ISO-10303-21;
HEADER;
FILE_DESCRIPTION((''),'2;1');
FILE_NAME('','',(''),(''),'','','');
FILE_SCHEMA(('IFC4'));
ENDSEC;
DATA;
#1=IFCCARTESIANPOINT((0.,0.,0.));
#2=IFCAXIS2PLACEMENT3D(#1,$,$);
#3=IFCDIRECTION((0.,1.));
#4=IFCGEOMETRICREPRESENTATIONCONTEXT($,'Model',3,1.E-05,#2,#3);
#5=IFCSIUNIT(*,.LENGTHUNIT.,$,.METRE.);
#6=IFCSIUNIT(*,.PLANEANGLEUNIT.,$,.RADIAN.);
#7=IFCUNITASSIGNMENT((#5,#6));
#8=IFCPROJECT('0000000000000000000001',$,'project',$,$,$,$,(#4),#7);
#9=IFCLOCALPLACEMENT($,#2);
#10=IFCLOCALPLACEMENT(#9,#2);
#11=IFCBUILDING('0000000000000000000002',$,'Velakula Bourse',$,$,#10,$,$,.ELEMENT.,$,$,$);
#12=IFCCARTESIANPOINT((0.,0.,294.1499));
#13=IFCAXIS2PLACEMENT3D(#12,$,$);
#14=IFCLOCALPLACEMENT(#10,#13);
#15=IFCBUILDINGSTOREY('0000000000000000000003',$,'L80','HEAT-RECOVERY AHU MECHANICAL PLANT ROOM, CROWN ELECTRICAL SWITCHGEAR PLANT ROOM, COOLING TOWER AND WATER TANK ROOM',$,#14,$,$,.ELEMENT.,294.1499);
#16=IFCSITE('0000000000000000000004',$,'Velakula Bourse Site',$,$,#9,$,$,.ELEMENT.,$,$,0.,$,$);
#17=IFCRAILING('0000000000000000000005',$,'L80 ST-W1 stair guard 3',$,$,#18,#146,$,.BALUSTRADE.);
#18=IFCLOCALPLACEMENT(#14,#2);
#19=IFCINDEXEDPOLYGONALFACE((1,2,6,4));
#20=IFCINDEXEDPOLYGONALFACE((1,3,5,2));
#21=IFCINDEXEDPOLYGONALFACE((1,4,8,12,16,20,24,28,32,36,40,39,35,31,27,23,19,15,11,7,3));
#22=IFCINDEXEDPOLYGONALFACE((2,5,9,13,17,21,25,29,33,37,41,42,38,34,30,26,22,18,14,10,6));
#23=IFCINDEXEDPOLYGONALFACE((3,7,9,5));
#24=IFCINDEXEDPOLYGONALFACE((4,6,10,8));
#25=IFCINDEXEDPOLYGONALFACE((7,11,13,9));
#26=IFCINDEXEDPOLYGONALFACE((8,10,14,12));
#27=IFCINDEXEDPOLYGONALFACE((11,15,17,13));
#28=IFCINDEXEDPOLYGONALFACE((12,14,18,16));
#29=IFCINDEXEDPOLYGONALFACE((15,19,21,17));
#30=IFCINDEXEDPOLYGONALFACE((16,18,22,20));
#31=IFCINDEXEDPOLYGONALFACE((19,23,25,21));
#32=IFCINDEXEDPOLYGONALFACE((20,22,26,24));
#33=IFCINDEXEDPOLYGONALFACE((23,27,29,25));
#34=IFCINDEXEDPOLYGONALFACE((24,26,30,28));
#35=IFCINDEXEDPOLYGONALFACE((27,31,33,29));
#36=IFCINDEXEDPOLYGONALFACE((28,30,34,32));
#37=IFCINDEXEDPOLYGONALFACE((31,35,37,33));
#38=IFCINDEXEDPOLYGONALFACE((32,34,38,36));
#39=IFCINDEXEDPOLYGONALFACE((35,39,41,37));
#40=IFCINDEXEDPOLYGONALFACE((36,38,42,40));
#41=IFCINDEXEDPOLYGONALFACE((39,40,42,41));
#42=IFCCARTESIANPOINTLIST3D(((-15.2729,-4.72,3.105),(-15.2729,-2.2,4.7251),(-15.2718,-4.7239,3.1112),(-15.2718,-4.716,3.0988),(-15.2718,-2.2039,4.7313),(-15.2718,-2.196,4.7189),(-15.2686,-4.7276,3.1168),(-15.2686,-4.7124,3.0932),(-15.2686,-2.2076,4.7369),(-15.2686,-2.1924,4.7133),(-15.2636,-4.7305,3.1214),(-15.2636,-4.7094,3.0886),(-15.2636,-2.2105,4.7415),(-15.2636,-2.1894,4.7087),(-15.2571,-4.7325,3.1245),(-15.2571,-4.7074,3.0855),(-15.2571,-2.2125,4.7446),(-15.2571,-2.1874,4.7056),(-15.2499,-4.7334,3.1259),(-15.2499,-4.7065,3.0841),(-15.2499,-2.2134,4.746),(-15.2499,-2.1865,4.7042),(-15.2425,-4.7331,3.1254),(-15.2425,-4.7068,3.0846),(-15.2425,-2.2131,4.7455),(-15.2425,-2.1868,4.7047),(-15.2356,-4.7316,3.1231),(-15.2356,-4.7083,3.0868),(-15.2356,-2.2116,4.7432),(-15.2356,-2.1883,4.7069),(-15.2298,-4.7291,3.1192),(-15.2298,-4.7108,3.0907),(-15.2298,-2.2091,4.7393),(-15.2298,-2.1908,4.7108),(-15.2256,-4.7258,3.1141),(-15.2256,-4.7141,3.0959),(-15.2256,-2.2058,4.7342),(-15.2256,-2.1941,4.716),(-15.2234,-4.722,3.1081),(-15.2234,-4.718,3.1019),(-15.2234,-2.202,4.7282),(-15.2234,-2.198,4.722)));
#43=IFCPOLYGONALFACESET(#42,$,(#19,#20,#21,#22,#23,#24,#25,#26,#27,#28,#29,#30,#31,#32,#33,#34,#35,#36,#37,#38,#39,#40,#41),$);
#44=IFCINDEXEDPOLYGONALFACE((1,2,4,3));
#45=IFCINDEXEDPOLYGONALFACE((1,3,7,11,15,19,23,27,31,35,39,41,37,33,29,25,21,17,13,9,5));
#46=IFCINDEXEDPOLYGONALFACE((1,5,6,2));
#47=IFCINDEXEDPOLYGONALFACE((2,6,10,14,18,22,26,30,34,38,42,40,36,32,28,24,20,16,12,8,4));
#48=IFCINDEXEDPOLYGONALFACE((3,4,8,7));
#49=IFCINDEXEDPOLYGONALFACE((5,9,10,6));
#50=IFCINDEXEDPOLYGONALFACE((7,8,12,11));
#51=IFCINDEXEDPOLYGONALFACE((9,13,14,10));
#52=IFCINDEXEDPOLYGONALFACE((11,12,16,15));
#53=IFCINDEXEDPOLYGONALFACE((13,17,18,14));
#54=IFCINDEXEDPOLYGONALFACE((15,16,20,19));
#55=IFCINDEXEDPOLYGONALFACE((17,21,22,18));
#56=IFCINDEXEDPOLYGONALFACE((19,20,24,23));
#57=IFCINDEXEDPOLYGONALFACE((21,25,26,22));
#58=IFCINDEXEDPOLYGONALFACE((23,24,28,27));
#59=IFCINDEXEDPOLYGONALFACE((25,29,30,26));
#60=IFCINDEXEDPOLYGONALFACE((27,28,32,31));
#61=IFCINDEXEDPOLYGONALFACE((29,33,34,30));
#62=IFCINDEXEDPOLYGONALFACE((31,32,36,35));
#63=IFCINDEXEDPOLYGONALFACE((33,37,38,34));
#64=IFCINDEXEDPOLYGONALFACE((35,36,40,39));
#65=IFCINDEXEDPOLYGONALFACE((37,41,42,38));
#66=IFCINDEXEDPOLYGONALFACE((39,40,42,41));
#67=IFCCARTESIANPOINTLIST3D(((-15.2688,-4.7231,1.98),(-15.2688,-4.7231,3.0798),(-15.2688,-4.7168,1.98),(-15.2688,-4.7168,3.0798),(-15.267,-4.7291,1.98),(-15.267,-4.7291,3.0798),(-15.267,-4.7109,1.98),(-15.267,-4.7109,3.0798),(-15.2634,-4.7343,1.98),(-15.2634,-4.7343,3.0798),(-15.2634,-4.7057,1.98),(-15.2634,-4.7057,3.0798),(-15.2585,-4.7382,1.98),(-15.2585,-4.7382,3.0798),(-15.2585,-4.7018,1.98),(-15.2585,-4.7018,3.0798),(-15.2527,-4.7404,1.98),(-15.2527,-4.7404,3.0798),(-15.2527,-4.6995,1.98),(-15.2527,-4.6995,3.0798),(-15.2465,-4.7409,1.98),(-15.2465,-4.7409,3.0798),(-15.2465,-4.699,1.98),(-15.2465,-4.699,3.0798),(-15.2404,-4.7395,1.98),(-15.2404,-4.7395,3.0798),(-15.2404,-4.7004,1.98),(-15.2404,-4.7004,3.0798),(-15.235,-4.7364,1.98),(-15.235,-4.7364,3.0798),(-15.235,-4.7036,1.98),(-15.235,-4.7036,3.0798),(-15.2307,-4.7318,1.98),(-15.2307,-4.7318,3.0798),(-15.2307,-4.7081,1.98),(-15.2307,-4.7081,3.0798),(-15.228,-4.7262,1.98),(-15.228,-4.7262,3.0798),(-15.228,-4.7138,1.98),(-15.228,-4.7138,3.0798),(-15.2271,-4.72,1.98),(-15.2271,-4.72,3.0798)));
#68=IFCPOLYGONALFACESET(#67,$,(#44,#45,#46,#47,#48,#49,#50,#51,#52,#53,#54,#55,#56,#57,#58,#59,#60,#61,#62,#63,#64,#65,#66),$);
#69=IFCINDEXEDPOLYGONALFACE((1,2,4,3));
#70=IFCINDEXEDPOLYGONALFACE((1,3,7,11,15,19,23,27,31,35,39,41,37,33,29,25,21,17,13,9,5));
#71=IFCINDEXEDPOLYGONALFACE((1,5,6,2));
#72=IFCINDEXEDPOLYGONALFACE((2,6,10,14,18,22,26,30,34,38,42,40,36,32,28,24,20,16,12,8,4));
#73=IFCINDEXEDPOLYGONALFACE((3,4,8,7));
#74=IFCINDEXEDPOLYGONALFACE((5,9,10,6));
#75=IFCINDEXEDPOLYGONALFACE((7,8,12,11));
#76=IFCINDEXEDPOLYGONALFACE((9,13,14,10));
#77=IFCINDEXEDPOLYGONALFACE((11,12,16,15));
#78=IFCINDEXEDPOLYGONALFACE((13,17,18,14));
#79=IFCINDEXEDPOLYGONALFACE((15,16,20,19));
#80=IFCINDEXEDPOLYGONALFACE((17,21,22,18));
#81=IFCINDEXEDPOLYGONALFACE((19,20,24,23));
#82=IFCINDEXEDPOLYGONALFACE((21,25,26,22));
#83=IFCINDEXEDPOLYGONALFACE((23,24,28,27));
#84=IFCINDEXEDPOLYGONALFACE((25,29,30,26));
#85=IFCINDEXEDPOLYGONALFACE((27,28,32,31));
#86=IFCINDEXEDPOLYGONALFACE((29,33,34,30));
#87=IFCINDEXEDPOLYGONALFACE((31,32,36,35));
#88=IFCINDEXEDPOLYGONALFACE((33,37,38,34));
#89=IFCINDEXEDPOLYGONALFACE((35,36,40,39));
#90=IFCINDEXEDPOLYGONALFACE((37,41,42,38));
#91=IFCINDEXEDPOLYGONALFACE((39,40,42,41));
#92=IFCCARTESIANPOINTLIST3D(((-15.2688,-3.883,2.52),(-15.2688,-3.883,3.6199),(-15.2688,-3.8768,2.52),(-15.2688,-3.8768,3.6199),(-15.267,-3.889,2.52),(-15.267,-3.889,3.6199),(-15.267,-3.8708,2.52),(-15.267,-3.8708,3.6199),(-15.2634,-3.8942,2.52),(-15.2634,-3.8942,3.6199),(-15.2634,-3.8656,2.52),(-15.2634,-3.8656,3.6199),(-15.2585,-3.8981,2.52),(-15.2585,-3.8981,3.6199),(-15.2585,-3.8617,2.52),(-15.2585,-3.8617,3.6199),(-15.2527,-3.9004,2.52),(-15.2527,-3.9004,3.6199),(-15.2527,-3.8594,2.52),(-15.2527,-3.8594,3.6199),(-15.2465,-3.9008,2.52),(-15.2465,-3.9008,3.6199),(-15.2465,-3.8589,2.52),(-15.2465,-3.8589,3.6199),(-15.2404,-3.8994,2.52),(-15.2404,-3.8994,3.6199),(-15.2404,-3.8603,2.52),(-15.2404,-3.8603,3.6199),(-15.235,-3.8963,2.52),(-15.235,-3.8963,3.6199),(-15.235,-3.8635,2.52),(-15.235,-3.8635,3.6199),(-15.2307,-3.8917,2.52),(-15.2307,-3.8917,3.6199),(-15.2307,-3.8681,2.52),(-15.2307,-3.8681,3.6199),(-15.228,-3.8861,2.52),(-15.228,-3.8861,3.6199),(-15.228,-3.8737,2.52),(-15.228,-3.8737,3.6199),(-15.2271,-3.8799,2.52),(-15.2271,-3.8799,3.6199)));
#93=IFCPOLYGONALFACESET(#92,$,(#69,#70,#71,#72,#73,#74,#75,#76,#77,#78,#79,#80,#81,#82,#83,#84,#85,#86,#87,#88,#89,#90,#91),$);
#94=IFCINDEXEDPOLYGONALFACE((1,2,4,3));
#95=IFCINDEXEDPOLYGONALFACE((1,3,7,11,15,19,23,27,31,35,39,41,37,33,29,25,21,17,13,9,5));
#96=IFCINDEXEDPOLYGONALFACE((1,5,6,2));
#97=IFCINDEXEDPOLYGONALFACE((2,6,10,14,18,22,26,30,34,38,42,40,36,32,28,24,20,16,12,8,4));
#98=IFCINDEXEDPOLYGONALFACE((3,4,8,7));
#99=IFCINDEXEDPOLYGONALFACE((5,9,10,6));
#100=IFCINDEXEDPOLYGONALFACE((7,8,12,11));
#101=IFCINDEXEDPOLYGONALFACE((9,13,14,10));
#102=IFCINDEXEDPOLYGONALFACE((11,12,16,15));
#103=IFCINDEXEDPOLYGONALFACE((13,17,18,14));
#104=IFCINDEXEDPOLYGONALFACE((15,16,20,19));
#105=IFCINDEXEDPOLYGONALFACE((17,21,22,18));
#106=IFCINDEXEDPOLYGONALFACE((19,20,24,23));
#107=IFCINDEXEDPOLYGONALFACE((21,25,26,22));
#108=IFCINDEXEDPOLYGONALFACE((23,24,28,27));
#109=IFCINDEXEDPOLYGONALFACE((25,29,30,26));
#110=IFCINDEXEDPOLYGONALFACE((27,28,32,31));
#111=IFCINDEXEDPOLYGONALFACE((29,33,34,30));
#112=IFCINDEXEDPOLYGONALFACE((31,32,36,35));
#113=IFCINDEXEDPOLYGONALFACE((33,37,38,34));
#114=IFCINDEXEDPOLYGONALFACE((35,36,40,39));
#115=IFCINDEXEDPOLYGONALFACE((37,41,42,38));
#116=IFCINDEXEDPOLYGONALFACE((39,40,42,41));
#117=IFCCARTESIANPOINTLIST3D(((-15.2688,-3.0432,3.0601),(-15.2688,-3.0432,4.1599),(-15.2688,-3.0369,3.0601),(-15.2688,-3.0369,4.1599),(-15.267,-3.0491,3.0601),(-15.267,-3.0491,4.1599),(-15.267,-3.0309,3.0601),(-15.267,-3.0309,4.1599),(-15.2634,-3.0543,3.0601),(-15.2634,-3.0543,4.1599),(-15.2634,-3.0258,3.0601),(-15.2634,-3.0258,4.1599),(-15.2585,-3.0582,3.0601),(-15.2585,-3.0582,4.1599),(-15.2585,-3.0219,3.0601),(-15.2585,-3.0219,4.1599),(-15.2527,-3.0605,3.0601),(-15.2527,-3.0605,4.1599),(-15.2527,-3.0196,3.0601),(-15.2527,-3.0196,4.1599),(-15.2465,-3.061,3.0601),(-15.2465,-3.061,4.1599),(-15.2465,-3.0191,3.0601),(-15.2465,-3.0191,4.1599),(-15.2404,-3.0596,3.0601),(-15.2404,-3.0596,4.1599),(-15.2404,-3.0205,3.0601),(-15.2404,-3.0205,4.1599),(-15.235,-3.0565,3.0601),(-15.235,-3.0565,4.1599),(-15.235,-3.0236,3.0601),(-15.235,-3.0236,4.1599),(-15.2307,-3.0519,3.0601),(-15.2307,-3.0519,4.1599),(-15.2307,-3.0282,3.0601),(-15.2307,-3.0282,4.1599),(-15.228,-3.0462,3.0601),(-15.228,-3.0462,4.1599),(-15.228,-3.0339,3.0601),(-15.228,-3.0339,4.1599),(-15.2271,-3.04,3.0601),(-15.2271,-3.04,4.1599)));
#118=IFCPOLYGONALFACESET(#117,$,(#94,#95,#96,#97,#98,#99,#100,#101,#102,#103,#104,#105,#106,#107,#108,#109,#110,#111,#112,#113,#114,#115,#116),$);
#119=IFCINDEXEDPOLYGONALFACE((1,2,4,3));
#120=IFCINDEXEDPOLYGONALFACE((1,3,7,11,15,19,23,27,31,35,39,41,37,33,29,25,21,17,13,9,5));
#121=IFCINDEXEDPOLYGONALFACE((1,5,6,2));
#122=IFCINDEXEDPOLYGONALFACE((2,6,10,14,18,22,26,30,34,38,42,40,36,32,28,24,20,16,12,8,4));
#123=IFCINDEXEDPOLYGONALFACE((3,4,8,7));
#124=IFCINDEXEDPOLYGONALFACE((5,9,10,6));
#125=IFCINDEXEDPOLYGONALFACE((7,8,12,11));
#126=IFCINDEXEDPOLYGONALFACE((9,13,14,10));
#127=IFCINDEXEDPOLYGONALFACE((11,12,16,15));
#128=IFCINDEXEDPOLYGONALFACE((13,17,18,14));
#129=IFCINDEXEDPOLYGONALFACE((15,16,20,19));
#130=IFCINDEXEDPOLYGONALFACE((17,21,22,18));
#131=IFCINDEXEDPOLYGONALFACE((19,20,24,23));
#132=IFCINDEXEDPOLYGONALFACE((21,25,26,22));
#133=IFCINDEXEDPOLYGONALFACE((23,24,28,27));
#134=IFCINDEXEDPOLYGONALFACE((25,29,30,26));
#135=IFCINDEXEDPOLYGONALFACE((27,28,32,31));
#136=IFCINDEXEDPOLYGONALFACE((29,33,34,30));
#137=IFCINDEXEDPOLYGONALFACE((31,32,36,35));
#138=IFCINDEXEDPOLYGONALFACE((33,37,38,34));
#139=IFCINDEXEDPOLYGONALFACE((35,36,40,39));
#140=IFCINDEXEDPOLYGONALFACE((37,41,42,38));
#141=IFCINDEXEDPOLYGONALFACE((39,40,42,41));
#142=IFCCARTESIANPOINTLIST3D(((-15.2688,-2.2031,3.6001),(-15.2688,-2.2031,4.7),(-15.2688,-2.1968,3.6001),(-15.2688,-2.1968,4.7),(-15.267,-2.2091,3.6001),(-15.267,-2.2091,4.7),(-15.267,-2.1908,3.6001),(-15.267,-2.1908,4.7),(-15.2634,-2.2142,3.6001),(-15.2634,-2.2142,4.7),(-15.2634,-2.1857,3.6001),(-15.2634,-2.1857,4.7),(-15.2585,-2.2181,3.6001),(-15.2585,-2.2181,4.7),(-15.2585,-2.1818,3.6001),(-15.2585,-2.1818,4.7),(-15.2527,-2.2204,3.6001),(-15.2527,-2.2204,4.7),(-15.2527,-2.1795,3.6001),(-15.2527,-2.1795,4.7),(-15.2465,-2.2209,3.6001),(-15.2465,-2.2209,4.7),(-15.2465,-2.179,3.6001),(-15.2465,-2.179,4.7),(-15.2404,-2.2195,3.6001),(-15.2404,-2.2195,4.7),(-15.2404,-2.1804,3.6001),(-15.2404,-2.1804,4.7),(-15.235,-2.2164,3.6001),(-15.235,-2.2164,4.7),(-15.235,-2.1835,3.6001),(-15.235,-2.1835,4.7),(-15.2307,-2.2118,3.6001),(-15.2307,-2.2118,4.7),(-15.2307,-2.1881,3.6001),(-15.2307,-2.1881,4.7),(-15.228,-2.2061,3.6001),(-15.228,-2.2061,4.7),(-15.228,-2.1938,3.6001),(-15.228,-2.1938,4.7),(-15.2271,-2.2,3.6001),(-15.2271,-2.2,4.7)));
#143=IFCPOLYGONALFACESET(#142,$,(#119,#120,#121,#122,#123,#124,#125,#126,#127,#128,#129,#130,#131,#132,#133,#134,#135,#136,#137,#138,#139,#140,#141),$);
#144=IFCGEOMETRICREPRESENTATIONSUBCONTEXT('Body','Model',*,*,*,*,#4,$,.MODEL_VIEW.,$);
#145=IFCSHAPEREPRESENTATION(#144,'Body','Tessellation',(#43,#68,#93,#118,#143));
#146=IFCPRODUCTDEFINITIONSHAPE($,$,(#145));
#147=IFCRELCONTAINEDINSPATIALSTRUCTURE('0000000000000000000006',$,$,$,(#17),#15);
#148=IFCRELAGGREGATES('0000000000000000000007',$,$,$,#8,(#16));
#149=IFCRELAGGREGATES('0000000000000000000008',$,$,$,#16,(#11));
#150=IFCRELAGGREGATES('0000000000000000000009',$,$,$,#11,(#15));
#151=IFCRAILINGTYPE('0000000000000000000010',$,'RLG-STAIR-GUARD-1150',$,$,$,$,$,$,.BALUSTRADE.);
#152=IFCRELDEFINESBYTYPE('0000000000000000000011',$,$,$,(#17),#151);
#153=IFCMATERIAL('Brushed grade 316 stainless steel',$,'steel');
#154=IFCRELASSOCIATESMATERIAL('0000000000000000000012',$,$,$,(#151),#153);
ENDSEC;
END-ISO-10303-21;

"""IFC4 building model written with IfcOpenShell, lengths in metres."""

from ifc_helpers import new_model, si_unit, direction, frame, origin, origin_2d, place, context, subcontext, project, spatial, circle, extrude, material, type_object, element, save


model = new_model("IFC4")

# Units and contexts
model_context = context("Model", 3, precision=1e-05, world=origin(), true_north=direction((0.0, 1.0)))
body_context = subcontext(model_context, "Body", "Model", "MODEL_VIEW")
ifc_project = project(units=[si_unit("LENGTHUNIT", "METRE"), si_unit("PLANEANGLEUNIT", "RADIAN")], contexts=[model_context])

# Site, building, storey
site_placement = place(None, origin())
site = spatial("IfcSite", under=ifc_project, at=site_placement, Name="Velakula Bourse Site", CompositionType="ELEMENT", RefElevation=0.0)
building_placement = place(site_placement, origin())
building = spatial("IfcBuilding", under=site, at=building_placement, Name="Velakula Bourse", CompositionType="ELEMENT")
storey_placement = place(building_placement, frame((0.0, 0.0, 294.1499)))
storey = spatial("IfcBuildingStorey", under=building, at=storey_placement, Name="L80", Description="HEAT-RECOVERY AHU MECHANICAL PLANT ROOM, CROWN ELECTRICAL SWITCHGEAR PLANT ROOM, COOLING TOWER AND WATER TANK ROOM", CompositionType="ELEMENT", Elevation=294.1499)

# Shared definitions
ifc_material_1 = material(Name="Brushed grade 316 stainless steel", Category="steel")

# Railing
railing_type_1 = type_object("IfcRailingType", Name="RLG-STAIR-GUARD-1150", PredefinedType="BALUSTRADE", material=ifc_material_1)
railing_1_placement = place(storey_placement, frame((-15.248, -4.72, 1.98)))
element("IfcRailing", 1, at=railing_1_placement, inside=storey, type_object=railing_type_1, Name="L80 ST-W1 stair guard 3", PredefinedType="BALUSTRADE", context=body_context, shape_type="SweptSolid", body=[
    extrude(circle(Radius=0.0249, at=origin_2d()), frame((0.0, 0.0, 1.125), z_axis=(0.0, 0.841163, 0.540782), x_axis=(-1.0, 0.0, 0.0)), (0.0, 0.0, 1.0), 2.9958),
    extrude(circle(Radius=0.021, at=origin_2d()), origin(), (0.0, 0.0, 1.0), 1.0999),
    extrude(circle(Radius=0.021, at=origin_2d()), frame((0.0, 0.8401, 0.54)), (0.0, 0.0, 1.0), 1.0999),
    extrude(circle(Radius=0.021, at=origin_2d()), frame((0.0, 1.6799, 1.0801)), (0.0, 0.0, 1.0), 1.0999),
    extrude(circle(Radius=0.021, at=origin_2d()), frame((0.0, 2.52, 1.6201)), (0.0, 0.0, 1.0), 1.0999),
])

save(model, "model.ifc")
